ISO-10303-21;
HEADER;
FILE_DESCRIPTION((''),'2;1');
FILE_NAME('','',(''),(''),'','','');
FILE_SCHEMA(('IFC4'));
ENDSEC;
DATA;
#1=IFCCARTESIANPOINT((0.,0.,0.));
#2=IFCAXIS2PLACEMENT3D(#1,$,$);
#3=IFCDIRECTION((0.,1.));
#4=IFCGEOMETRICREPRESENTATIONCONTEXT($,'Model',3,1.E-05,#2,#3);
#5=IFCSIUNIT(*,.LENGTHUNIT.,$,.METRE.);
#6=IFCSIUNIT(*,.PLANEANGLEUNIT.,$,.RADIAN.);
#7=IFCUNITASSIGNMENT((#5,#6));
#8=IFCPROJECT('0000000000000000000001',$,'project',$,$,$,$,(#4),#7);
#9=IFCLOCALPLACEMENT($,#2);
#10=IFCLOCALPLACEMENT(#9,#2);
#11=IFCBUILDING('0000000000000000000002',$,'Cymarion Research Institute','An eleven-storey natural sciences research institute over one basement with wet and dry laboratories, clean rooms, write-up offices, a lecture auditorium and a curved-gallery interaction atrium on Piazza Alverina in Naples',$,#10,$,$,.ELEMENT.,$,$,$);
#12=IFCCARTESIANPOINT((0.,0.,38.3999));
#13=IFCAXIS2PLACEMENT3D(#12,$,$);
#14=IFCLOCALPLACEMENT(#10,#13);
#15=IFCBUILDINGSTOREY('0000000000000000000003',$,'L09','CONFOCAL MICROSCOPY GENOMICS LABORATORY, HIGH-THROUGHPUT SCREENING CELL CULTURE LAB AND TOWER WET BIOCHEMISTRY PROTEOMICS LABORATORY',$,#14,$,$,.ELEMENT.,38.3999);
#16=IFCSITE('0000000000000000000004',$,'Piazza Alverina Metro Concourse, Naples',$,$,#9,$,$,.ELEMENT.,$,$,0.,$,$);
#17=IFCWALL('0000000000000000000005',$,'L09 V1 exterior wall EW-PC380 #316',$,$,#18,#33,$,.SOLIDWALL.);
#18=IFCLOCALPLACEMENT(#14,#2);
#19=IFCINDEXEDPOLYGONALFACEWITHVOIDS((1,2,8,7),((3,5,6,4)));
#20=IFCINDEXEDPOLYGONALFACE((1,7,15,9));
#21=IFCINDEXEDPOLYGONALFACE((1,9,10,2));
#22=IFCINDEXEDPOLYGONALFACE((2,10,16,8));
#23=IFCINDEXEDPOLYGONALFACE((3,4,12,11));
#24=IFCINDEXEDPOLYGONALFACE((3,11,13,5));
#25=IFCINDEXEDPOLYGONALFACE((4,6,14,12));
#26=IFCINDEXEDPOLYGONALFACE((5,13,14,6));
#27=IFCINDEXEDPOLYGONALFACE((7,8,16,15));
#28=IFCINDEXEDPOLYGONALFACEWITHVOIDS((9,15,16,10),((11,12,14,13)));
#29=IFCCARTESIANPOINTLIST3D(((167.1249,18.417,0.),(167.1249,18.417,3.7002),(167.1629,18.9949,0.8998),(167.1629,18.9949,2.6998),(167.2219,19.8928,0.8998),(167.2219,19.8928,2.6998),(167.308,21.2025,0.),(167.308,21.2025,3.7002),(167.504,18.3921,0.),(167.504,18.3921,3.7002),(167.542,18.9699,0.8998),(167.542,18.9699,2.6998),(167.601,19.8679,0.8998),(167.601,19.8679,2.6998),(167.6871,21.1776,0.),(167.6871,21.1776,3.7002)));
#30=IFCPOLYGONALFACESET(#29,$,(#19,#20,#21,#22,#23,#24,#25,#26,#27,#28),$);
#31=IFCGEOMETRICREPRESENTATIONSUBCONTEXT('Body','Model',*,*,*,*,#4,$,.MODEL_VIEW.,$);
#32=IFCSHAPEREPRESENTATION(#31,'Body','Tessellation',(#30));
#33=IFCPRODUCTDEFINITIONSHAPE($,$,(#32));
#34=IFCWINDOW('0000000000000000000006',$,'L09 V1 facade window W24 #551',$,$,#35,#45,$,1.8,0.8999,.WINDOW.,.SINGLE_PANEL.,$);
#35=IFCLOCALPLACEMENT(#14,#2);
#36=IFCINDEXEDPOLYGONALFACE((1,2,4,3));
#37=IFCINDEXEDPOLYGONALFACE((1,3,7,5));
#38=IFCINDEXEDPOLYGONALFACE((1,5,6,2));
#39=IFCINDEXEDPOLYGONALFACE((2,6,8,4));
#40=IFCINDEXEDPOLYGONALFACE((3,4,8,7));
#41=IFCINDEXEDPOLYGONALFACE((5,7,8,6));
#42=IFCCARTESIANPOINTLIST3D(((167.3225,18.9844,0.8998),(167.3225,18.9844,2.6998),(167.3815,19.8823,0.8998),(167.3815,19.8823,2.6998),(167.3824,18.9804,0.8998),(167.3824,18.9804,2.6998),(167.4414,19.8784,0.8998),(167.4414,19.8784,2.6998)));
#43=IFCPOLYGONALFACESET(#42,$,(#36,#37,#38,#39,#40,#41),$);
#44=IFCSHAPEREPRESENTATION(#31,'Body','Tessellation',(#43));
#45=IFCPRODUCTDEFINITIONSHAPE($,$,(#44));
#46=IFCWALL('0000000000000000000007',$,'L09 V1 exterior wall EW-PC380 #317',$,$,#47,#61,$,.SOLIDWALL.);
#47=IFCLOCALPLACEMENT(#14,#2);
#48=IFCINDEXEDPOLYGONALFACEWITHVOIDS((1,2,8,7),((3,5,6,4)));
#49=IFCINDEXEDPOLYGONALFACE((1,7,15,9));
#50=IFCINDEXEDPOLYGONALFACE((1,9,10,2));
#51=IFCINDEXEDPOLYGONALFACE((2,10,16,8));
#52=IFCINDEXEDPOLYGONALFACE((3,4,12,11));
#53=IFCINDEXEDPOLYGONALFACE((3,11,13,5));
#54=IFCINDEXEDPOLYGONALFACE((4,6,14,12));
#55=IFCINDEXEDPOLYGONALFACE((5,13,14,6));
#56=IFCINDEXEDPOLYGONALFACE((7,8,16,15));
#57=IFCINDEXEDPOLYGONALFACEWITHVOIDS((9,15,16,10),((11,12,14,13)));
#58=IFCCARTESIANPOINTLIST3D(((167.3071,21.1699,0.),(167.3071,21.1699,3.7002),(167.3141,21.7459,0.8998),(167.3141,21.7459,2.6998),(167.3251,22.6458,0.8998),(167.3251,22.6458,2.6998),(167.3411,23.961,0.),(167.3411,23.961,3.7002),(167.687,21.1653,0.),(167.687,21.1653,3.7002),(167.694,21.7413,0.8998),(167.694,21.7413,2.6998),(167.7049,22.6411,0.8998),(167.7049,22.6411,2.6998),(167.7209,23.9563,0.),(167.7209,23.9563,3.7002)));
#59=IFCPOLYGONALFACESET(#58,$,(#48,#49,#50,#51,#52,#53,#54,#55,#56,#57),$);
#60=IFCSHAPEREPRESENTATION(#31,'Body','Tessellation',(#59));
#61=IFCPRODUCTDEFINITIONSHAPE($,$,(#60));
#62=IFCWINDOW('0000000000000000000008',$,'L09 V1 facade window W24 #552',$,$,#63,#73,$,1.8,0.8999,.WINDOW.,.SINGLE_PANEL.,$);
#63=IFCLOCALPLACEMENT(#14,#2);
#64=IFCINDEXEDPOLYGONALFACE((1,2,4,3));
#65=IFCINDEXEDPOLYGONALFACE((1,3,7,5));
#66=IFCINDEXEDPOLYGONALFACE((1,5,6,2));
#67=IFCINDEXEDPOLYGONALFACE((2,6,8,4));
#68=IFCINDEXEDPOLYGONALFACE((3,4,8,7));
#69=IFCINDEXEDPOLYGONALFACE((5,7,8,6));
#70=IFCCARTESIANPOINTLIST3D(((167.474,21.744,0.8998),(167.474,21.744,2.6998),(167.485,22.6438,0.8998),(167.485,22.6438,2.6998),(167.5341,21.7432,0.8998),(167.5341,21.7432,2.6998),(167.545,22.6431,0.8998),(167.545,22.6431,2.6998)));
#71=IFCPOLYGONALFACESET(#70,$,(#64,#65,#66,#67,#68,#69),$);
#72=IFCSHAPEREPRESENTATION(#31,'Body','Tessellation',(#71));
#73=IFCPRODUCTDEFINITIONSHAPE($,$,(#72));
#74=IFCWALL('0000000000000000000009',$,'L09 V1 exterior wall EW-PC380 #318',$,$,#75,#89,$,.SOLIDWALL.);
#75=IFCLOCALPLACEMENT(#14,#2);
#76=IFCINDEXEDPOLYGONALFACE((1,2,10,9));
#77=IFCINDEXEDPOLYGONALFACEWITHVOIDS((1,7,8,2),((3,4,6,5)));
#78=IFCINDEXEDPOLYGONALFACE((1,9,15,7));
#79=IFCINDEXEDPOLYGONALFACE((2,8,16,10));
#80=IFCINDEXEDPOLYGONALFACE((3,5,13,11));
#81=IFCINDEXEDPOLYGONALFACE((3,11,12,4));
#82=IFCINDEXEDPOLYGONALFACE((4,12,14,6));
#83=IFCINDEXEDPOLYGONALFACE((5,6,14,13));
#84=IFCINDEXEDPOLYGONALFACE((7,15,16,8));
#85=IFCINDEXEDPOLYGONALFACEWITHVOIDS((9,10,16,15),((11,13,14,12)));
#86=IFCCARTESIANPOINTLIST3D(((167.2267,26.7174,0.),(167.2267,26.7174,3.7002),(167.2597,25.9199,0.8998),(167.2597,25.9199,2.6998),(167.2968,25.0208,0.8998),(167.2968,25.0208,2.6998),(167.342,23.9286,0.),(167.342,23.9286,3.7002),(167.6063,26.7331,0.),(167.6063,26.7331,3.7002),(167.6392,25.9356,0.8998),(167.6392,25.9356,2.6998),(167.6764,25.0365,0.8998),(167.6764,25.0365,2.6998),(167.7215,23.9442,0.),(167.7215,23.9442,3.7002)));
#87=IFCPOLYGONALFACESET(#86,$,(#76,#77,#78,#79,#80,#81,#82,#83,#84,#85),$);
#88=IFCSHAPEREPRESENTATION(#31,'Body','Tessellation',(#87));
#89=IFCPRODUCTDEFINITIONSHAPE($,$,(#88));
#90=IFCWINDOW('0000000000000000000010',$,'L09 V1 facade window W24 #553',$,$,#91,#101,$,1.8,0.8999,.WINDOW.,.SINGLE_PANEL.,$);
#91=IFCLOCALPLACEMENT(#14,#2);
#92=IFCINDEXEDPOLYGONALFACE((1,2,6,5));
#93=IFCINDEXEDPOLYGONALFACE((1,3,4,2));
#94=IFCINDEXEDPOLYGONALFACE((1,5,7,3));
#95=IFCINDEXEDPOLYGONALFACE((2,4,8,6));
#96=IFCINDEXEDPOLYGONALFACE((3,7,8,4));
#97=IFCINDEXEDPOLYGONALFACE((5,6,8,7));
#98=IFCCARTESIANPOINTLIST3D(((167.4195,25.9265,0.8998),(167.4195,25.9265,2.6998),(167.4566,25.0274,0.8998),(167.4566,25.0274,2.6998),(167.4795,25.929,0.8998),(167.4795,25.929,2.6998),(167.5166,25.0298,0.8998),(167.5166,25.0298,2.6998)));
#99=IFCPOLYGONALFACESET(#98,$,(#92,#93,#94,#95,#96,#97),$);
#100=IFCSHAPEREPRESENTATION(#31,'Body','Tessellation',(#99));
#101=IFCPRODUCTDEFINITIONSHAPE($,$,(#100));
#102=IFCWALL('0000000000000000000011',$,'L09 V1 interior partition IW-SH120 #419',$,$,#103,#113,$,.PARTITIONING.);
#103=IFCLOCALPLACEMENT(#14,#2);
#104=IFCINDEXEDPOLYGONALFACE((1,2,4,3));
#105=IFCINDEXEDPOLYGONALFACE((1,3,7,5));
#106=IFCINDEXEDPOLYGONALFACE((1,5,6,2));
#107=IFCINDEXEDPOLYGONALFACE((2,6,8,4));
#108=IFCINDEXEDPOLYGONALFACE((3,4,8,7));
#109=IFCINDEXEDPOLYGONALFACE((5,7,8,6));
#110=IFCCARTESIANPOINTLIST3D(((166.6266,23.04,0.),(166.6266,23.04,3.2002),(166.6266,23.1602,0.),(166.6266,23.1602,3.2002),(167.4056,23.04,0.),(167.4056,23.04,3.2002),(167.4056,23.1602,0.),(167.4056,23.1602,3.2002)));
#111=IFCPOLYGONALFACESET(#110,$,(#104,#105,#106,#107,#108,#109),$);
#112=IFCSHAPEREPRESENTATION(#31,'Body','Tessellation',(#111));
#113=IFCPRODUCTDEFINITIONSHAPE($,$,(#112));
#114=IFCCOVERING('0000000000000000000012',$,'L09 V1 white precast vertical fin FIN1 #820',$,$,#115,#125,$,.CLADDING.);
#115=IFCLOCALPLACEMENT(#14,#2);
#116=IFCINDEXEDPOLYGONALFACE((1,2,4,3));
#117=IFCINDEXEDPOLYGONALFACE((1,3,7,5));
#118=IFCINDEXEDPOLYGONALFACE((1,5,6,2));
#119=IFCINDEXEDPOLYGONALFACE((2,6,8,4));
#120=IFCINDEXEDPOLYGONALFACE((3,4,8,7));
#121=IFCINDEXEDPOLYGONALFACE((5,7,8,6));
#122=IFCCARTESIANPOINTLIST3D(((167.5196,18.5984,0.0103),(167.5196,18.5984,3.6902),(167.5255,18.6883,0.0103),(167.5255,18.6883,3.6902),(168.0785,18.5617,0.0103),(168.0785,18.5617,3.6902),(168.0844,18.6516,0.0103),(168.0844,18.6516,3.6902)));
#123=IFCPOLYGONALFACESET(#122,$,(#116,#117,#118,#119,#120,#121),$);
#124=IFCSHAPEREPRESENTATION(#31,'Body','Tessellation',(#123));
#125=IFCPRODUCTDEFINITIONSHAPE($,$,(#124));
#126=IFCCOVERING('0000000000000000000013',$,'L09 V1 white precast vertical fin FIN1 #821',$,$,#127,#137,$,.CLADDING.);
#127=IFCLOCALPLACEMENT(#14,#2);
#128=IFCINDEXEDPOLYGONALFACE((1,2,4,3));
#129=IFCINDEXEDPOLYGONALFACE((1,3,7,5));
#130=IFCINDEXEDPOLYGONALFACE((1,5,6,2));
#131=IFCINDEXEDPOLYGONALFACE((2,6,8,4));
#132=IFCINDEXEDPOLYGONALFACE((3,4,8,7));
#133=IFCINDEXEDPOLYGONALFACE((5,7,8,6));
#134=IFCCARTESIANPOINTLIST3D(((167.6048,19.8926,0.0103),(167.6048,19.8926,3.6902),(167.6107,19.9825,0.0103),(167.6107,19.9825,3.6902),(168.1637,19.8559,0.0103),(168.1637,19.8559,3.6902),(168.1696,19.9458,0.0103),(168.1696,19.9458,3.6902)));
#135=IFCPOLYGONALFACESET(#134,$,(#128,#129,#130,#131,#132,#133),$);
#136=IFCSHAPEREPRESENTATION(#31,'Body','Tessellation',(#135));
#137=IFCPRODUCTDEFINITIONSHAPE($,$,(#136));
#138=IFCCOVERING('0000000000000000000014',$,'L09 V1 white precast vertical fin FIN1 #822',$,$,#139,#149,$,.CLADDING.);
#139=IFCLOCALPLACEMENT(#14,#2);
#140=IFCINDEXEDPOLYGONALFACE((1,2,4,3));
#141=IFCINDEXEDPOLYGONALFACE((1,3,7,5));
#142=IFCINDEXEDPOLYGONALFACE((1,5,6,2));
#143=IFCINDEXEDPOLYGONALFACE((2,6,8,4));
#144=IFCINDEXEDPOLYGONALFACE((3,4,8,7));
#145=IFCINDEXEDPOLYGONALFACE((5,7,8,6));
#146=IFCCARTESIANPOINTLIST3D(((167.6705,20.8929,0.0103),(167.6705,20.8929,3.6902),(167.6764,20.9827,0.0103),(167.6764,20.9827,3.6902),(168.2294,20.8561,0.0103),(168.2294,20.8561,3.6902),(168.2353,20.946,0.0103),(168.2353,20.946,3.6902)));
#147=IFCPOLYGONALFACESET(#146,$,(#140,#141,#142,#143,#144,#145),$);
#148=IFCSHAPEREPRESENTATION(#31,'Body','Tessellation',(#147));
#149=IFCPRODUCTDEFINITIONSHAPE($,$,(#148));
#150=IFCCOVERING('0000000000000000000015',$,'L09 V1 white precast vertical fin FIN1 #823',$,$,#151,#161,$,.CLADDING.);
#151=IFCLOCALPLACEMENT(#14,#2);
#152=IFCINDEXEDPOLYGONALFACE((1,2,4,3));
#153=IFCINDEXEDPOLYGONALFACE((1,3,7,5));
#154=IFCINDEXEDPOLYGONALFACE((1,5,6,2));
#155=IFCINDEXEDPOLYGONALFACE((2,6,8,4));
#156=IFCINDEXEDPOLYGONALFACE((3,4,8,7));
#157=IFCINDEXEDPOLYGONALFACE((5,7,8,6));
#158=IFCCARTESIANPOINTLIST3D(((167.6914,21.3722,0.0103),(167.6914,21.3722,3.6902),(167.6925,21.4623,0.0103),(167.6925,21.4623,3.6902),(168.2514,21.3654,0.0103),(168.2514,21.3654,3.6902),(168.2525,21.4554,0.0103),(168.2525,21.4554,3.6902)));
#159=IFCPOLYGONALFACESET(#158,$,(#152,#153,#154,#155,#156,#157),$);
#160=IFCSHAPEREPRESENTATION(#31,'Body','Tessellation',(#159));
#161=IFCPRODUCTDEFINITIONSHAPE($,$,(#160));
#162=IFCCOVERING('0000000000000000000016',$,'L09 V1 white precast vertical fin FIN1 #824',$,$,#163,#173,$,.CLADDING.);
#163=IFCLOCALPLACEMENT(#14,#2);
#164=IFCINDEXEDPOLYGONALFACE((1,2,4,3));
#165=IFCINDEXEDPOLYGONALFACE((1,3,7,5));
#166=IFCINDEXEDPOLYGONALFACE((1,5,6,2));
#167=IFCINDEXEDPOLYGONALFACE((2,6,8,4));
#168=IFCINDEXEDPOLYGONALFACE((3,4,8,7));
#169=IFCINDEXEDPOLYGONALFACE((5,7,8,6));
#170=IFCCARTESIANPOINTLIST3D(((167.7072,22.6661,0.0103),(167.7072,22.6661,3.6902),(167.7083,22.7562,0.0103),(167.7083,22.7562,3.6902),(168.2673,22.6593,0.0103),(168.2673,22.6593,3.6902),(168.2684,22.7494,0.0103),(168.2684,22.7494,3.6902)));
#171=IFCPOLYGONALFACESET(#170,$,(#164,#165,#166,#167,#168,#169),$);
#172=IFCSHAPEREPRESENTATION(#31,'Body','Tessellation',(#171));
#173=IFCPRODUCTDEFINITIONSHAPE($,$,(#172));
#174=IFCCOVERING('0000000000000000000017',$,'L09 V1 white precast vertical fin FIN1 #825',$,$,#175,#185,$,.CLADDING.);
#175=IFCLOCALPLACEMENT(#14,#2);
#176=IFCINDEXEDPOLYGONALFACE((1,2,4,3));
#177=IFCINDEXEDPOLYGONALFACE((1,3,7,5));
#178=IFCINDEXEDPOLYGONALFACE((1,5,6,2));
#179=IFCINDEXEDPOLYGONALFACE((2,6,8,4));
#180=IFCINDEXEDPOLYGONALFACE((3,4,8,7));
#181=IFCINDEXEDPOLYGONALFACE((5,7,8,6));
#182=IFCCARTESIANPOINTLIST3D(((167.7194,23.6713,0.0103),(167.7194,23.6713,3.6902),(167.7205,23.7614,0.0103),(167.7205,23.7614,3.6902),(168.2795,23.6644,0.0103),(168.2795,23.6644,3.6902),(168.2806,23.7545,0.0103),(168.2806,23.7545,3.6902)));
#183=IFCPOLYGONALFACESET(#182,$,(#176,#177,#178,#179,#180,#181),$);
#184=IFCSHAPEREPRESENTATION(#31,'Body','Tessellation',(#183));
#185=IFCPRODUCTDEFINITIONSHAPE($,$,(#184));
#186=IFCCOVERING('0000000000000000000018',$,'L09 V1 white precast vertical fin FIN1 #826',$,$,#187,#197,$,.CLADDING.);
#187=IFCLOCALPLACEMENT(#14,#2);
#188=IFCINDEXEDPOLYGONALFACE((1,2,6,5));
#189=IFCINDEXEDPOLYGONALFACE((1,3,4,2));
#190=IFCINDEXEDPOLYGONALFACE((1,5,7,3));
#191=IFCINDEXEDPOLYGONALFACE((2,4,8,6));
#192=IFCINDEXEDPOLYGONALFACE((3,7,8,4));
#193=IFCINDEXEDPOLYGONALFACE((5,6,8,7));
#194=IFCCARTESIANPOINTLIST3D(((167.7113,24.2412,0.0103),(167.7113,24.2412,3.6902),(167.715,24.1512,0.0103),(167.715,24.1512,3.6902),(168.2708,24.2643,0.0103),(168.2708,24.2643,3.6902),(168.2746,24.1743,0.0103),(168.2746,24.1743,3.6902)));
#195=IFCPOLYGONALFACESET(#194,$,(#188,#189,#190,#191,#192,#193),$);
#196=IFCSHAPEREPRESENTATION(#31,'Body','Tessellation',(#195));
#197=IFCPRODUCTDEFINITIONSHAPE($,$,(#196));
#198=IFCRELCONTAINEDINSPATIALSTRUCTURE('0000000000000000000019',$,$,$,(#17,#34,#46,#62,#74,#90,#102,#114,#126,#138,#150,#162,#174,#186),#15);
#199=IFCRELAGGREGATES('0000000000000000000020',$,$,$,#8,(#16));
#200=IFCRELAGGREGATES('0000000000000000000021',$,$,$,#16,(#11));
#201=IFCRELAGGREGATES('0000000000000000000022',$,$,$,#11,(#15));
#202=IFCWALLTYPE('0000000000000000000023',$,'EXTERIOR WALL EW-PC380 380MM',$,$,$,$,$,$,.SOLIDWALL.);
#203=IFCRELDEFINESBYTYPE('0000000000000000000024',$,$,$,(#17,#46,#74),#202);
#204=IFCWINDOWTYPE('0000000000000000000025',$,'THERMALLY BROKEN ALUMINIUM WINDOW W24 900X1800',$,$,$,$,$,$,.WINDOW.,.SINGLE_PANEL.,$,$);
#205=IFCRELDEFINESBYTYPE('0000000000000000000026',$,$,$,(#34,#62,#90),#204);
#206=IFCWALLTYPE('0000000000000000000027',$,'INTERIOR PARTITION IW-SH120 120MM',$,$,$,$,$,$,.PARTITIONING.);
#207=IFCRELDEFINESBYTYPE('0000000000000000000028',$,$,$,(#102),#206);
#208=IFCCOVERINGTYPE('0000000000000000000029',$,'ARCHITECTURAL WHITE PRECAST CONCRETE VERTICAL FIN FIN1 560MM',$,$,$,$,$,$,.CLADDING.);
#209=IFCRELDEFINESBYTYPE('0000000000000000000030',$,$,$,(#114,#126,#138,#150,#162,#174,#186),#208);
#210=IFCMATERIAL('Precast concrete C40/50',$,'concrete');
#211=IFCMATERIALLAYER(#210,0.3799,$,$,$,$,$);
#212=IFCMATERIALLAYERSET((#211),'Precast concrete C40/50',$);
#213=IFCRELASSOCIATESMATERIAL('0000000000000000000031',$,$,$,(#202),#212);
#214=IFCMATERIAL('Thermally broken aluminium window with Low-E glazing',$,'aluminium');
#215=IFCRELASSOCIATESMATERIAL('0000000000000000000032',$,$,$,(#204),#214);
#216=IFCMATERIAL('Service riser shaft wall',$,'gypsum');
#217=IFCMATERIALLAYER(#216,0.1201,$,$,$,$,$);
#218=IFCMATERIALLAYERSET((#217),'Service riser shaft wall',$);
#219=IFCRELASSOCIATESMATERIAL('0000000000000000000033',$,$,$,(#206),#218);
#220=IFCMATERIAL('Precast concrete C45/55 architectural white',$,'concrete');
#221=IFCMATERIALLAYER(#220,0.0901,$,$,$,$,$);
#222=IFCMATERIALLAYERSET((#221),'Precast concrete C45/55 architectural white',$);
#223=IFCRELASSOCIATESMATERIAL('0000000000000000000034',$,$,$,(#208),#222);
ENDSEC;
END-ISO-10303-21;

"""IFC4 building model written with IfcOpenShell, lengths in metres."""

from ifc_helpers import new_model, si_unit, direction, frame, frame_2d, origin, origin_2d, place, context, subcontext, project, spatial, rectangle, extrude, material, layer, layer_set, type_object, element, fill, save


model = new_model("IFC4")

# Units and contexts
model_context = context("Model", 3, precision=1e-05, world=origin(), true_north=direction((0.0, 1.0)))
body_context = subcontext(model_context, "Body", "Model", "MODEL_VIEW")
ifc_project = project(units=[si_unit("LENGTHUNIT", "METRE"), si_unit("PLANEANGLEUNIT", "RADIAN")], contexts=[model_context])

# Site, building, storey
site_placement = place(None, origin())
site = spatial("IfcSite", under=ifc_project, at=site_placement, Name="Piazza Alverina Metro Concourse, Naples", CompositionType="ELEMENT", RefElevation=0.0)
building_placement = place(site_placement, origin())
building = spatial("IfcBuilding", under=site, at=building_placement, Name="Cymarion Research Institute", Description="An eleven-storey natural sciences research institute over one basement with wet and dry laboratories, clean rooms, write-up offices, a lecture auditorium and a curved-gallery interaction atrium on Piazza Alverina in Naples", CompositionType="ELEMENT")
storey_placement = place(building_placement, frame((0.0, 0.0, 38.3999)))
storey = spatial("IfcBuildingStorey", under=building, at=storey_placement, Name="L09", Description="CONFOCAL MICROSCOPY GENOMICS LABORATORY, HIGH-THROUGHPUT SCREENING CELL CULTURE LAB AND TOWER WET BIOCHEMISTRY PROTEOMICS LABORATORY", CompositionType="ELEMENT", Elevation=38.3999)

# Walls, openings, windows
ifc_material_1 = material(Name="Precast concrete C40/50", Category="concrete")
ifc_layer_1 = layer(ifc_material_1, 0.3799)
ifc_layer_set_1 = layer_set([ifc_layer_1], Name="Precast concrete C40/50")
wall_type_1 = type_object("IfcWallType", Name="EXTERIOR WALL EW-PC380 380MM", PredefinedType="SOLIDWALL", material=ifc_layer_set_1)
wall_1_placement = place(storey_placement, frame((167.3145, 18.4045, 0.0), z_axis=(0.0, 0.0, 1.0), x_axis=(0.065596, 0.997846, 0.0)))
wall_1 = element("IfcWall", 1, at=wall_1_placement, inside=storey, type_object=wall_type_1, Name="L09 V1 exterior wall EW-PC380 #316", PredefinedType="SOLIDWALL", context=body_context, shape_type="SweptSolid", body=[
    extrude(rectangle(XDim=2.7915, YDim=0.3799, at=frame_2d((1.3958, 0.0))), origin(), (0.0, 0.0, 1.0), 3.7002),
])
opening_1_placement = place(wall_1_placement, frame((0.5791, 0.0, 0.8999)))
opening_1 = element("IfcOpeningElement", 2, at=opening_1_placement, cuts=wall_1, PredefinedType="OPENING", context=body_context, shape_type="SweptSolid", body=[
    extrude(rectangle(XDim=0.8999, YDim=1.8, at=frame_2d((0.45, 0.8999))), frame((0.0, 0.2, 0.0), z_axis=(0.0, -1.0, 0.0), x_axis=(1.0, 0.0, 0.0)), (0.0, 0.0, 1.0), 0.3999),
])
ifc_material_2 = material(Name="Thermally broken aluminium window with Low-E glazing", Category="aluminium")
window_type = type_object("IfcWindowType", Name="THERMALLY BROKEN ALUMINIUM WINDOW W24 900X1800", PartitioningType="SINGLE_PANEL", PredefinedType="WINDOW", material=ifc_material_2)
window_1_placement = place(opening_1_placement, origin())
window_1 = element("IfcWindow", 3, at=window_1_placement, inside=storey, type_object=window_type, Name="L09 V1 facade window W24 #551", OverallHeight=1.8, OverallWidth=0.8999, PartitioningType="SINGLE_PANEL", PredefinedType="WINDOW", context=body_context, shape_type="SweptSolid", body=[
    extrude(rectangle(XDim=0.8999, YDim=1.8, at=frame_2d((0.45, 0.8999))), frame((0.0, 0.03, 0.0), z_axis=(0.0, -1.0, 0.0), x_axis=(1.0, 0.0, 0.0)), (0.0, 0.0, 1.0), 0.0601),
])
fill(opening_1, window_1)
wall_2_placement = place(storey_placement, frame((167.4971, 21.1677, 0.0), z_axis=(0.0, 0.0, 1.0), x_axis=(0.012158, 0.999926, 0.0)))
wall_2 = element("IfcWall", 4, at=wall_2_placement, inside=storey, type_object=wall_type_1, Name="L09 V1 exterior wall EW-PC380 #317", PredefinedType="SOLIDWALL", context=body_context, shape_type="SweptSolid", body=[
    extrude(rectangle(XDim=2.7913, YDim=0.3799, at=frame_2d((1.3955, 0.0))), origin(), (0.0, 0.0, 1.0), 3.7002),
])
opening_2_placement = place(wall_2_placement, frame((0.5759, 0.0, 0.8999)))
opening_2 = element("IfcOpeningElement", 5, at=opening_2_placement, cuts=wall_2, PredefinedType="OPENING", context=body_context, shape_type="SweptSolid", body=[
    extrude(rectangle(XDim=0.8999, YDim=1.8, at=frame_2d((0.45, 0.8999))), frame((0.0, 0.2, 0.0), z_axis=(0.0, -1.0, 0.0), x_axis=(1.0, 0.0, 0.0)), (0.0, 0.0, 1.0), 0.3999),
])
window_2_placement = place(opening_2_placement, origin())
window_2 = element("IfcWindow", 6, at=window_2_placement, inside=storey, type_object=window_type, Name="L09 V1 facade window W24 #552", OverallHeight=1.8, OverallWidth=0.8999, PartitioningType="SINGLE_PANEL", PredefinedType="WINDOW", context=body_context, shape_type="SweptSolid", body=[
    extrude(rectangle(XDim=0.8999, YDim=1.8, at=frame_2d((0.45, 0.8999))), frame((0.0, 0.03, 0.0), z_axis=(0.0, -1.0, 0.0), x_axis=(1.0, 0.0, 0.0)), (0.0, 0.0, 1.0), 0.0601),
])
fill(opening_2, window_2)
wall_3_placement = place(storey_placement, frame((167.5317, 23.9365, 0.0), z_axis=(0.0, 0.0, 1.0), x_axis=(-0.041285, 0.999147, 0.0)))
wall_3 = element("IfcWall", 7, at=wall_3_placement, inside=storey, type_object=wall_type_1, Name="L09 V1 exterior wall EW-PC380 #318", PredefinedType="SOLIDWALL", context=body_context, shape_type="SweptSolid", body=[
    extrude(rectangle(XDim=2.7913, YDim=0.3799, at=frame_2d((1.3955, 0.0))), origin(), (0.0, 0.0, 1.0), 3.7002),
])
opening_3_placement = place(wall_3_placement, frame((1.093, 0.0, 0.8999)))
opening_3 = element("IfcOpeningElement", 8, at=opening_3_placement, cuts=wall_3, PredefinedType="OPENING", context=body_context, shape_type="SweptSolid", body=[
    extrude(rectangle(XDim=0.8999, YDim=1.8, at=frame_2d((0.45, 0.8999))), frame((0.0, 0.2, 0.0), z_axis=(0.0, -1.0, 0.0), x_axis=(1.0, 0.0, 0.0)), (0.0, 0.0, 1.0), 0.3999),
])
window_3_placement = place(opening_3_placement, origin())
window_3 = element("IfcWindow", 9, at=window_3_placement, inside=storey, type_object=window_type, Name="L09 V1 facade window W24 #553", OverallHeight=1.8, OverallWidth=0.8999, PartitioningType="SINGLE_PANEL", PredefinedType="WINDOW", context=body_context, shape_type="SweptSolid", body=[
    extrude(rectangle(XDim=0.8999, YDim=1.8, at=frame_2d((0.45, 0.8999))), frame((0.0, 0.03, 0.0), z_axis=(0.0, -1.0, 0.0), x_axis=(1.0, 0.0, 0.0)), (0.0, 0.0, 1.0), 0.0601),
])
fill(opening_3, window_3)

# Wall
ifc_material_3 = material(Name="Service riser shaft wall", Category="gypsum")
ifc_layer_2 = layer(ifc_material_3, 0.1201)
ifc_layer_set_2 = layer_set([ifc_layer_2], Name="Service riser shaft wall")
wall_type_2 = type_object("IfcWallType", Name="INTERIOR PARTITION IW-SH120 120MM", PredefinedType="PARTITIONING", material=ifc_layer_set_2)
wall_4_placement = place(storey_placement, frame((166.6265, 23.1001, 0.0), z_axis=(0.0, 0.0, 1.0), x_axis=(1.0, 0.0, 0.0)))
element("IfcWall", 10, at=wall_4_placement, inside=storey, type_object=wall_type_2, Name="L09 V1 interior partition IW-SH120 #419", PredefinedType="PARTITIONING", context=body_context, shape_type="SweptSolid", body=[
    extrude(rectangle(XDim=0.7791, YDim=0.1201, at=frame_2d((0.3896, 0.0))), origin(), (0.0, 0.0, 1.0), 3.2002),
])

# Coverings
ifc_material_4 = material(Name="Precast concrete C45/55 architectural white", Category="concrete")
ifc_layer_3 = layer(ifc_material_4, 0.0901)
ifc_layer_set_3 = layer_set([ifc_layer_3], Name="Precast concrete C45/55 architectural white")
covering_type = type_object("IfcCoveringType", Name="ARCHITECTURAL WHITE PRECAST CONCRETE VERTICAL FIN FIN1 560MM", PredefinedType="CLADDING", material=ifc_layer_set_3)
for number, where, z_axis, x_axis, name in (
    (11, (167.802, 18.625, 0.0103), (0.0, 0.0, 1.0), (0.997847, -0.065577, 0.0), "L09 V1 white precast vertical fin FIN1 #820"),
    (12, (167.8872, 19.9192, 0.0103), (0.0, 0.0, 1.0), (0.997847, -0.065577, 0.0), "L09 V1 white precast vertical fin FIN1 #821"),
    (13, (167.9529, 20.9194, 0.0103), (0.0, 0.0, 1.0), (0.997847, -0.065577, 0.0), "L09 V1 white precast vertical fin FIN1 #822"),
    (14, (167.9719, 21.4138, 0.0103), (0.0, 0.0, 1.0), (0.999925, -0.012217, 0.0), "L09 V1 white precast vertical fin FIN1 #823"),
    (15, (167.9878, 22.7078, 0.0103), (0.0, 0.0, 1.0), (0.999925, -0.012217, 0.0), "L09 V1 white precast vertical fin FIN1 #824"),
    (16, (168.0, 23.7129, 0.0103), (0.0, 0.0, 1.0), (0.999925, -0.012217, 0.0), "L09 V1 white precast vertical fin FIN1 #825"),
    (17, (167.9929, 24.2078, 0.0103), (0.0, 0.0, 1.0), (0.999145, 0.041353, 0.0), "L09 V1 white precast vertical fin FIN1 #826"),
):
    element("IfcCovering", number, at=place(storey_placement, frame(where, z_axis=z_axis, x_axis=x_axis)), inside=storey, type_object=covering_type, Name=name, PredefinedType="CLADDING", context=body_context, shape_type="SweptSolid", body=[
        extrude(rectangle(XDim=0.5601, YDim=0.0901, at=origin_2d()), origin(), (0.0, 0.0, 1.0), 3.6799),
    ])

save(model, "model.ifc")
